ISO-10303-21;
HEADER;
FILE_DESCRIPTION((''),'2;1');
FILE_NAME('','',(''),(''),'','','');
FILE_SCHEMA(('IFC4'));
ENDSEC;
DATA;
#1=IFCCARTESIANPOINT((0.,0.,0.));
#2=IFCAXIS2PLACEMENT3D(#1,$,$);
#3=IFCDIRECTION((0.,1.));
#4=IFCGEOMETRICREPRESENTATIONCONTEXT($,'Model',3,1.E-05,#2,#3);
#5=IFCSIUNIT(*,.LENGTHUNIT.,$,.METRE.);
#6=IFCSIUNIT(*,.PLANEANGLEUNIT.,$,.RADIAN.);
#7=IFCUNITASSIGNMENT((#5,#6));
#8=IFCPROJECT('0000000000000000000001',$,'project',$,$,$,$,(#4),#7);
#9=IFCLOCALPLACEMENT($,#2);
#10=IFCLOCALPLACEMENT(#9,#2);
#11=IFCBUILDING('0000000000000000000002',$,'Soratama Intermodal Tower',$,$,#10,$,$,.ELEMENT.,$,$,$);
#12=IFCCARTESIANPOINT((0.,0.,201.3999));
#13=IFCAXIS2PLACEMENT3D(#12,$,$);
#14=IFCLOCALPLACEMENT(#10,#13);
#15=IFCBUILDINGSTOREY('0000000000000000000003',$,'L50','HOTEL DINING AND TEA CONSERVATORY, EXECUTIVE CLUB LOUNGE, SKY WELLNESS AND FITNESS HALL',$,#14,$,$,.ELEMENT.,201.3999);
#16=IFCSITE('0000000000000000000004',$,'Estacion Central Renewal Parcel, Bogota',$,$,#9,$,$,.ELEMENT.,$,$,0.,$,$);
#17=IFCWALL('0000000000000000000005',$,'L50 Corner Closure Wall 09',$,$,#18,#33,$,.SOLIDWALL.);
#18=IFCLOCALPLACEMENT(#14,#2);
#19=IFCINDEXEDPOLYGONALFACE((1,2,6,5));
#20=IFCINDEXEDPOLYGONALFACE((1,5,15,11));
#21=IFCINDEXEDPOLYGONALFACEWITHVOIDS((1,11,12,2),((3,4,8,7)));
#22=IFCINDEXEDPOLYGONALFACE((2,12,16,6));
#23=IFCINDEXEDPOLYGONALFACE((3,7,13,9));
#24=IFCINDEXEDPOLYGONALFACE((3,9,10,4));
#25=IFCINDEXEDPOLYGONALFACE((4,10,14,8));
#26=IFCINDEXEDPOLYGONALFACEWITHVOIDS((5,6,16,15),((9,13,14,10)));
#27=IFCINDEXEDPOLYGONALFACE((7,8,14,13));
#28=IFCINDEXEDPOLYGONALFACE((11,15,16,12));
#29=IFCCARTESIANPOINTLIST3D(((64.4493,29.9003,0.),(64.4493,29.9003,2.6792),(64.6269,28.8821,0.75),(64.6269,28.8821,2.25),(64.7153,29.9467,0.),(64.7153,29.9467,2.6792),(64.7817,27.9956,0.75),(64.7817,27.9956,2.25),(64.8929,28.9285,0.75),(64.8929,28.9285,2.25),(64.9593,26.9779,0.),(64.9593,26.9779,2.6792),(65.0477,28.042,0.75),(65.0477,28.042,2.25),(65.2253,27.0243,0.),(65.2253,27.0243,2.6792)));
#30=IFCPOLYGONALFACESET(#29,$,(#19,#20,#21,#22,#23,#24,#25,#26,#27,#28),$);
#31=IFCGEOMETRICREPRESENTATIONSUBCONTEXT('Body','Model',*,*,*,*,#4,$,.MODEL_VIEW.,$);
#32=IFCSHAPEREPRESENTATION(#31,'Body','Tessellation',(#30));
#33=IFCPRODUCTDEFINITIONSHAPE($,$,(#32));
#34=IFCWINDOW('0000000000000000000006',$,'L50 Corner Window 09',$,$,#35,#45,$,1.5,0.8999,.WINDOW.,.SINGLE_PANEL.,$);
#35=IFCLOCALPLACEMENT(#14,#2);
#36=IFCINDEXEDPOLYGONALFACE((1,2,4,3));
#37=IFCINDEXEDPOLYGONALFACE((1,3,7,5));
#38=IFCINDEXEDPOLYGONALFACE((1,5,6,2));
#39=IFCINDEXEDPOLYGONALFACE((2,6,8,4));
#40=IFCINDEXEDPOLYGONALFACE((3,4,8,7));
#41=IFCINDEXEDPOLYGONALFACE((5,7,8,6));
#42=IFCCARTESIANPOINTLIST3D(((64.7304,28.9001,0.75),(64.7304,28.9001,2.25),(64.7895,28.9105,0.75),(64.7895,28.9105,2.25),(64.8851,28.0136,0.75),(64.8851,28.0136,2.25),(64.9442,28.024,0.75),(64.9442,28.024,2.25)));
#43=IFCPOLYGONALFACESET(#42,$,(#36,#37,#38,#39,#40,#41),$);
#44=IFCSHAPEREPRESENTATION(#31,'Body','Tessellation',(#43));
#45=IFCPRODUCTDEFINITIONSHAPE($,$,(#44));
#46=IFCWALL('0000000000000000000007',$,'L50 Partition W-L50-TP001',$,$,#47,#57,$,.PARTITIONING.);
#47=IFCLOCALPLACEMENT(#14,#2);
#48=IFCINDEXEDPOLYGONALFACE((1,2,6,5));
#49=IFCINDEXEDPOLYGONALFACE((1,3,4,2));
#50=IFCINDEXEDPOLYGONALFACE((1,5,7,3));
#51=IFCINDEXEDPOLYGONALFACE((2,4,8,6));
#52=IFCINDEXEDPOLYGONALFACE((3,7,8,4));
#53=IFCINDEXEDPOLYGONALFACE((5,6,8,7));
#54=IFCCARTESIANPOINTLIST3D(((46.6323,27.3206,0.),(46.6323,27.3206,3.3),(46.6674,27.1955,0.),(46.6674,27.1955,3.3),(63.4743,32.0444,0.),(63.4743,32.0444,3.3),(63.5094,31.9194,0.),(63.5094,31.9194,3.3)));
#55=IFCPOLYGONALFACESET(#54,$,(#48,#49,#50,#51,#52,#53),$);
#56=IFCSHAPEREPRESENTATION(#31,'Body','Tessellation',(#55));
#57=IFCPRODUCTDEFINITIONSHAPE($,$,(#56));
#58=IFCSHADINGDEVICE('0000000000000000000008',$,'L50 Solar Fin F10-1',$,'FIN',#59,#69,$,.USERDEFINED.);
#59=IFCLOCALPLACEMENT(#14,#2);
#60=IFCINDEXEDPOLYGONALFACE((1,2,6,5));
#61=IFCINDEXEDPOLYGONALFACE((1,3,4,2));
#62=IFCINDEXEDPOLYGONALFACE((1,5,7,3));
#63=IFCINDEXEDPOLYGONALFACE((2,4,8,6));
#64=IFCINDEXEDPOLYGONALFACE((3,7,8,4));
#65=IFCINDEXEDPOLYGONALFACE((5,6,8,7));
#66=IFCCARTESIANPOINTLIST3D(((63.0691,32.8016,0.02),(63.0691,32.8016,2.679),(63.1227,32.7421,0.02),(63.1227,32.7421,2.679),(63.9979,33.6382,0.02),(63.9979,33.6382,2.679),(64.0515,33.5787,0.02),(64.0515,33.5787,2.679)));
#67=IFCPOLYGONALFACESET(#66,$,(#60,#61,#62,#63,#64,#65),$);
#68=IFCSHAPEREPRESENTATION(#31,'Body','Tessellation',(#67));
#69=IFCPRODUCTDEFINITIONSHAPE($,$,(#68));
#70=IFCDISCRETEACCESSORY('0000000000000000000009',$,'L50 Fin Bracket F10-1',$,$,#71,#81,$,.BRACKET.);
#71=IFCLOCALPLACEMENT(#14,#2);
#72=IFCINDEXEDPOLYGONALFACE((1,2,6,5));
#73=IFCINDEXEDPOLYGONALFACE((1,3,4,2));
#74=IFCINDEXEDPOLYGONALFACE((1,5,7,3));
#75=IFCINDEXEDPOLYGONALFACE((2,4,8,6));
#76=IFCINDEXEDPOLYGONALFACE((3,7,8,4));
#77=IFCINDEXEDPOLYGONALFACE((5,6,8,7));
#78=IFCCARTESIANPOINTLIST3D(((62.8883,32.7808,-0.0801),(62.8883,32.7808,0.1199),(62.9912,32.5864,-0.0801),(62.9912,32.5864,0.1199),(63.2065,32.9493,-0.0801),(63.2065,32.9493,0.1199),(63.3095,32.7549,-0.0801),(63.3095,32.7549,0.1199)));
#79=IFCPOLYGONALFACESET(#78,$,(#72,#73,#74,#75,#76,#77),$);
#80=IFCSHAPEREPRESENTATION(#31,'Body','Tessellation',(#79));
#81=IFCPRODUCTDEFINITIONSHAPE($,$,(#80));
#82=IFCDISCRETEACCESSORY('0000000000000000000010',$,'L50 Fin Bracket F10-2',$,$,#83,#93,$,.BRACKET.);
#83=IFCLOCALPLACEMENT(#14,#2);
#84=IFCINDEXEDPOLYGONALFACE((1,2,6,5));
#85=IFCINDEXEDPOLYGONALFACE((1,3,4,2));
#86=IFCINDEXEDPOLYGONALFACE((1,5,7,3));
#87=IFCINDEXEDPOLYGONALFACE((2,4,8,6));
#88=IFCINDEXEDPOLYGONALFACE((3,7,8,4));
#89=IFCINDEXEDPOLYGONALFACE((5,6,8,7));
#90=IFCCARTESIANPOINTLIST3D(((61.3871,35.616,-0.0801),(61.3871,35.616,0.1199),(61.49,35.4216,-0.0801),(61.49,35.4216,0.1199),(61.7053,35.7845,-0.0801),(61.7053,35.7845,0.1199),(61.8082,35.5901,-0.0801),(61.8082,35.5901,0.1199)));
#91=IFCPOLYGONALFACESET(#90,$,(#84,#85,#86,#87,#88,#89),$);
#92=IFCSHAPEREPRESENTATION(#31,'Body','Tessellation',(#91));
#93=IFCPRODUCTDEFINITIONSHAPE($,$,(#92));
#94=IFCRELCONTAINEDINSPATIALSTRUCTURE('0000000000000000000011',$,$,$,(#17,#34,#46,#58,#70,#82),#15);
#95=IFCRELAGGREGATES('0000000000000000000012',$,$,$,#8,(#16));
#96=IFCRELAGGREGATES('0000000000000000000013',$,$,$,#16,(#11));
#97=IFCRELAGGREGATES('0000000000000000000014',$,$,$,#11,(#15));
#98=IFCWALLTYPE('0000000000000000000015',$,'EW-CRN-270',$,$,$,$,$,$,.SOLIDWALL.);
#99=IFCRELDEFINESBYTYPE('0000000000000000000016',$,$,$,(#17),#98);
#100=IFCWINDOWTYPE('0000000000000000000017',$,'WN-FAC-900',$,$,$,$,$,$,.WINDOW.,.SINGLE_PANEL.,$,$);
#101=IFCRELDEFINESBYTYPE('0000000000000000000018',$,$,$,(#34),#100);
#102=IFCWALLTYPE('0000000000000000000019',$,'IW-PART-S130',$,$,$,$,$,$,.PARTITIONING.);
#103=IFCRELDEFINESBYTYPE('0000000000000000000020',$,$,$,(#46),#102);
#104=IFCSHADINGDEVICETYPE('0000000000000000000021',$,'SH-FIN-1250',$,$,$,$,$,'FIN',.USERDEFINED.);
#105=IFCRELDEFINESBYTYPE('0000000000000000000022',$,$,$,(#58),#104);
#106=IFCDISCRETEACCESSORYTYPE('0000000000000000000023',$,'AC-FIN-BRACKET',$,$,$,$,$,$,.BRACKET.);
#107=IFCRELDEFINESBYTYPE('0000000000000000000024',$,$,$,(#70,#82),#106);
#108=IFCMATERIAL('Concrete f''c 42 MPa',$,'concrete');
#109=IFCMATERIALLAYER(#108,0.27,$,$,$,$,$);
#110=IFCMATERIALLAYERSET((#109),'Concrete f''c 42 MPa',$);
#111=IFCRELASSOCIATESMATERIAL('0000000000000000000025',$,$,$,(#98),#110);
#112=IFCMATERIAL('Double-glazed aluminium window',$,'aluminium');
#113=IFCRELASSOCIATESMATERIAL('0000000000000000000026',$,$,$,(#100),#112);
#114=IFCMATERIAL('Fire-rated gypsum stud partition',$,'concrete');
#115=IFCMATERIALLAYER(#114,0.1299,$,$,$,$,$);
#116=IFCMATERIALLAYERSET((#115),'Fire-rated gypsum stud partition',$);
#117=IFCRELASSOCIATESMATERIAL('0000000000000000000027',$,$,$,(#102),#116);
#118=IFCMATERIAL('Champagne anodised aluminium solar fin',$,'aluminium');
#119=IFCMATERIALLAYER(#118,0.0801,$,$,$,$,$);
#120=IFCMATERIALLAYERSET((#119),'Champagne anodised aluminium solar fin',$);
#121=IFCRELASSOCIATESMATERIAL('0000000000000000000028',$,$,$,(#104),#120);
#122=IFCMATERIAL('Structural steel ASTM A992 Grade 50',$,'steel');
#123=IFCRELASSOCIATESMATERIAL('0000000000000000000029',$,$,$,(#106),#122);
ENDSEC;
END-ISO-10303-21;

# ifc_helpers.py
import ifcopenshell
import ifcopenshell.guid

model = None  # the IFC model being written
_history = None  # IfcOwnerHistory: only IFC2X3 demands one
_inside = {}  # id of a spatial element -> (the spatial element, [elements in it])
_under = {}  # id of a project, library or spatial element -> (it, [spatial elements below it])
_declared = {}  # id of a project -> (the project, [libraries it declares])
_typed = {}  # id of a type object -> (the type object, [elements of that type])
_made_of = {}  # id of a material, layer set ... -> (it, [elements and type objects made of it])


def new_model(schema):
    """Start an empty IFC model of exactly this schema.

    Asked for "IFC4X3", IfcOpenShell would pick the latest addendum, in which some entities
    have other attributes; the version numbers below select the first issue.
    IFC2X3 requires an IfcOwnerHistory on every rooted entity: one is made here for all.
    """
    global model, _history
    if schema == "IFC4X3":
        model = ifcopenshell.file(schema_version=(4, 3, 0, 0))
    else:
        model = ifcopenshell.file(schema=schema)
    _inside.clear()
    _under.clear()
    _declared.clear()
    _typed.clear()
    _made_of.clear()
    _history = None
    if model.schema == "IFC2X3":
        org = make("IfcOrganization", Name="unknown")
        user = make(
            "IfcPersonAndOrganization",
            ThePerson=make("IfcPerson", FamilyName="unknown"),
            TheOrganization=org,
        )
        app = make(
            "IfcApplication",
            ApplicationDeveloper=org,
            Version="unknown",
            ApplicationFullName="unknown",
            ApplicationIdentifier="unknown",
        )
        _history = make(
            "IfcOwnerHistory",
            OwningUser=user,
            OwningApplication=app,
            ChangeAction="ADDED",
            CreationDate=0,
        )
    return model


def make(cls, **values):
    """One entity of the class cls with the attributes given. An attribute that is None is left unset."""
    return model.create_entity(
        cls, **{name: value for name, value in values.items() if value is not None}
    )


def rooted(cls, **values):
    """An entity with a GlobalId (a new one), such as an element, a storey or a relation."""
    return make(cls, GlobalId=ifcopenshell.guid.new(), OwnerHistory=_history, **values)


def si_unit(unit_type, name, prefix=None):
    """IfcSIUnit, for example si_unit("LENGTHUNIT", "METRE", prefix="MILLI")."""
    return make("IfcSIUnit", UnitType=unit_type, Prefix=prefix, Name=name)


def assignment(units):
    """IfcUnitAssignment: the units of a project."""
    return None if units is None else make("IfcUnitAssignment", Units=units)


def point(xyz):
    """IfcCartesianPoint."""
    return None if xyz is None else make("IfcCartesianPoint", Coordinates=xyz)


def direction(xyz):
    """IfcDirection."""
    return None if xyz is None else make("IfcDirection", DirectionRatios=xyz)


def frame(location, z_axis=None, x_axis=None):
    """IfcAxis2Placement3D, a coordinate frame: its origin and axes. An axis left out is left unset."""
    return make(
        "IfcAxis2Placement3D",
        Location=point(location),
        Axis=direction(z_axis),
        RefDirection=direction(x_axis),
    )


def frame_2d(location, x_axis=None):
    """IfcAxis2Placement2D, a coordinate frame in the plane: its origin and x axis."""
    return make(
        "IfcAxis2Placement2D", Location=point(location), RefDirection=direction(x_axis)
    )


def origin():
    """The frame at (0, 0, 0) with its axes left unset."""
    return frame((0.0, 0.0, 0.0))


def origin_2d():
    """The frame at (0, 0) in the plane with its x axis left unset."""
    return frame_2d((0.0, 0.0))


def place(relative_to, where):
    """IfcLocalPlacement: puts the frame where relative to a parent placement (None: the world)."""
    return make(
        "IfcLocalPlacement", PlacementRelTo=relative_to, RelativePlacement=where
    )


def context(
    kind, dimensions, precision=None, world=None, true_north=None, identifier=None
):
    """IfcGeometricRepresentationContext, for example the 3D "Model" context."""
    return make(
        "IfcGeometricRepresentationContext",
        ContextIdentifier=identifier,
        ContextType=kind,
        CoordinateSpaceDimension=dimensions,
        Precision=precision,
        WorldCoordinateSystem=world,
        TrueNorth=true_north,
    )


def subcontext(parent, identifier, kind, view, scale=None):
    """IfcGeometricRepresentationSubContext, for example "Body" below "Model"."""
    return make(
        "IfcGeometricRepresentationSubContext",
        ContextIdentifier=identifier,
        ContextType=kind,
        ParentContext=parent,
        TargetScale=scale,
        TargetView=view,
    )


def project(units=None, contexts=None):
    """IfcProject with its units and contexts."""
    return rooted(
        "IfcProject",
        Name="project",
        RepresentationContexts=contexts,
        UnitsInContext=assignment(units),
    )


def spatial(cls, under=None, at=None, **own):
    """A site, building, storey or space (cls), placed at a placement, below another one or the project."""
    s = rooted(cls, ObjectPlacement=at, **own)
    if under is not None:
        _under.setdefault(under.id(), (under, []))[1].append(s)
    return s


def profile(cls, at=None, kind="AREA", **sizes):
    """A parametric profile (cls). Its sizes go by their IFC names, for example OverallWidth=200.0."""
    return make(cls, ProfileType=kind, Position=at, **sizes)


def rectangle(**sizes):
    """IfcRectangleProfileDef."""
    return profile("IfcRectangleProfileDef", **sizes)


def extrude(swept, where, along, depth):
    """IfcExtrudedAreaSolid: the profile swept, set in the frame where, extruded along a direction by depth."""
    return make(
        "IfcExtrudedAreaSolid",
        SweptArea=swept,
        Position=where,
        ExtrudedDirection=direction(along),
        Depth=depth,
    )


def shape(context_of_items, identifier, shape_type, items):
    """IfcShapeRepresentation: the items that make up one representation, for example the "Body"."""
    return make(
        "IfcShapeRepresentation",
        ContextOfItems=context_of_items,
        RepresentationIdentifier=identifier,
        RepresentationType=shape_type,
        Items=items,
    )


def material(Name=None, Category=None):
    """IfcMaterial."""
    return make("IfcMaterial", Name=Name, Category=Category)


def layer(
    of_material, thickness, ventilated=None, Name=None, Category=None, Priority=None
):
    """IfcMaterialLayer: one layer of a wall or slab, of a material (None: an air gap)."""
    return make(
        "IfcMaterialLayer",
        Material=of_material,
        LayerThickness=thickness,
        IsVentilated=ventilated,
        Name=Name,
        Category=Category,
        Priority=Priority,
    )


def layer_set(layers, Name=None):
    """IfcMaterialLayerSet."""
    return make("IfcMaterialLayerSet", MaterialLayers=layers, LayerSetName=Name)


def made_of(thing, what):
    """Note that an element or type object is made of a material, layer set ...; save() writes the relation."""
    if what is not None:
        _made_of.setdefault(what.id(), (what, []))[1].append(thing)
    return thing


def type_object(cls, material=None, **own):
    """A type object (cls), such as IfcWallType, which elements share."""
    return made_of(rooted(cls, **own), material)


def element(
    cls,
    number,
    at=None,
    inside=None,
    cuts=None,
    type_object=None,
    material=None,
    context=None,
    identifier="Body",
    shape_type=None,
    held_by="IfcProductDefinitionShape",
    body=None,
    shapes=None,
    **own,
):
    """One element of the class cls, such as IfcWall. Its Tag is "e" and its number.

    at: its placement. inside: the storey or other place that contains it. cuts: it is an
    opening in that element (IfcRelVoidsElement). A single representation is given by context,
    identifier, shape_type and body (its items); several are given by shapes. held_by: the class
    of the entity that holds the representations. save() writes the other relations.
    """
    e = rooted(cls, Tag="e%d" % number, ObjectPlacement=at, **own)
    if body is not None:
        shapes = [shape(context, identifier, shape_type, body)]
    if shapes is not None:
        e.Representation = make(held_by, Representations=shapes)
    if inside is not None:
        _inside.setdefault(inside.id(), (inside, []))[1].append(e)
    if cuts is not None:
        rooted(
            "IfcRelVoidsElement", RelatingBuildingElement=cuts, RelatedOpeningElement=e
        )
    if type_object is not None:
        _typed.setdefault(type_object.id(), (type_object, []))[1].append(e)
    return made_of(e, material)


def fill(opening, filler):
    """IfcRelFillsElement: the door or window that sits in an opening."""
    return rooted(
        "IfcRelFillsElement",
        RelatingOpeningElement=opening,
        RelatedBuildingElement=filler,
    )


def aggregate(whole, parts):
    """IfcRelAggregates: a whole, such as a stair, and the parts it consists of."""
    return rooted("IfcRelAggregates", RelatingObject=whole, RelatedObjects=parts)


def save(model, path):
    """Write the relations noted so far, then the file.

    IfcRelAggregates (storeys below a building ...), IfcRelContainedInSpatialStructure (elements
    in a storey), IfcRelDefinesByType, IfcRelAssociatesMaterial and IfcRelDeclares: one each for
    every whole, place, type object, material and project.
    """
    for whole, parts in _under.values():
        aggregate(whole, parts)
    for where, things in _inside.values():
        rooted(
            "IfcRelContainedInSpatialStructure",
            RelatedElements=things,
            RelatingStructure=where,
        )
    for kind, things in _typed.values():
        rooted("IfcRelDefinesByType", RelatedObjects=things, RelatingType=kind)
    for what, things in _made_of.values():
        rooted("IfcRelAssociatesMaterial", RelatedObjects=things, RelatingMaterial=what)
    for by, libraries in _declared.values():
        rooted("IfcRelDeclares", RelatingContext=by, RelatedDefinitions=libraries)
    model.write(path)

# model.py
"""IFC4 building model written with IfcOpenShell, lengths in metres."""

from ifc_helpers import new_model, si_unit, direction, frame, frame_2d, origin, origin_2d, place, context, subcontext, project, spatial, rectangle, extrude, material, layer, layer_set, type_object, element, fill, save


model = new_model("IFC4")

# Units and contexts
model_context = context("Model", 3, precision=1e-05, world=origin(), true_north=direction((0.0, 1.0)))
body_context = subcontext(model_context, "Body", "Model", "MODEL_VIEW")
ifc_project = project(units=[si_unit("LENGTHUNIT", "METRE"), si_unit("PLANEANGLEUNIT", "RADIAN")], contexts=[model_context])

# Site, building, storey
site_placement = place(None, origin())
site = spatial("IfcSite", under=ifc_project, at=site_placement, Name="Estacion Central Renewal Parcel, Bogota", CompositionType="ELEMENT", RefElevation=0.0)
building_placement = place(site_placement, origin())
building = spatial("IfcBuilding", under=site, at=building_placement, Name="Soratama Intermodal Tower", CompositionType="ELEMENT")
storey_placement = place(building_placement, frame((0.0, 0.0, 201.3999)))
storey = spatial("IfcBuildingStorey", under=building, at=storey_placement, Name="L50", Description="HOTEL DINING AND TEA CONSERVATORY, EXECUTIVE CLUB LOUNGE, SKY WELLNESS AND FITNESS HALL", CompositionType="ELEMENT", Elevation=201.3999)

# Wall, opening, window
ifc_material_1 = material(Name="Concrete f'c 42 MPa", Category="concrete")
ifc_layer_1 = layer(ifc_material_1, 0.27)
ifc_layer_set_1 = layer_set([ifc_layer_1], Name="Concrete f'c 42 MPa")
wall_type_1 = type_object("IfcWallType", Name="EW-CRN-270", PredefinedType="SOLIDWALL", material=ifc_layer_set_1)
wall_1_placement = place(storey_placement, frame((65.0923, 27.001, 0.0), z_axis=(0.0, 0.0, 1.0), x_axis=(-0.171921, 0.985111, 0.0)))
wall_1 = element("IfcWall", 1, at=wall_1_placement, inside=storey, type_object=wall_type_1, Name="L50 Corner Closure Wall 09", PredefinedType="SOLIDWALL", context=body_context, shape_type="SweptSolid", body=[
    extrude(rectangle(XDim=2.9666, YDim=0.27, at=frame_2d((1.4834, 0.0))), origin(), (0.0, 0.0, 1.0), 2.6792),
])
opening_placement = place(wall_1_placement, frame((1.0332, 0.0, 0.75)))
opening = element("IfcOpeningElement", 2, at=opening_placement, cuts=wall_1, PredefinedType="OPENING", context=body_context, shape_type="SweptSolid", body=[
    extrude(rectangle(XDim=0.8999, YDim=1.5, at=frame_2d((0.45, 0.75))), frame((0.0, 0.145, 0.0), z_axis=(0.0, -1.0, 0.0), x_axis=(1.0, 0.0, 0.0)), (0.0, 0.0, 1.0), 0.29),
])
ifc_material_2 = material(Name="Double-glazed aluminium window", Category="aluminium")
window_type = type_object("IfcWindowType", Name="WN-FAC-900", PartitioningType="SINGLE_PANEL", PredefinedType="WINDOW", material=ifc_material_2)
window_placement = place(opening_placement, origin())
window = element("IfcWindow", 3, at=window_placement, inside=storey, type_object=window_type, Name="L50 Corner Window 09", OverallHeight=1.5, OverallWidth=0.8999, PartitioningType="SINGLE_PANEL", PredefinedType="WINDOW", context=body_context, shape_type="SweptSolid", body=[
    extrude(rectangle(XDim=0.8999, YDim=1.5, at=frame_2d((0.45, 0.75))), frame((0.0, 0.03, 0.0), z_axis=(0.0, -1.0, 0.0), x_axis=(1.0, 0.0, 0.0)), (0.0, 0.0, 1.0), 0.0601),
])
fill(opening, window)

# Wall
ifc_material_3 = material(Name="Fire-rated gypsum stud partition", Category="concrete")
ifc_layer_2 = layer(ifc_material_3, 0.1299)
ifc_layer_set_2 = layer_set([ifc_layer_2], Name="Fire-rated gypsum stud partition")
wall_type_2 = type_object("IfcWallType", Name="IW-PART-S130", PredefinedType="PARTITIONING", material=ifc_layer_set_2)
wall_2_placement = place(storey_placement, frame((63.4919, 31.9819, 0.0), z_axis=(0.0, 0.0, 1.0), x_axis=(-0.962844, -0.27006, 0.0)))
element("IfcWall", 4, at=wall_2_placement, inside=storey, type_object=wall_type_2, Name="L50 Partition W-L50-TP001", PredefinedType="PARTITIONING", context=body_context, shape_type="SweptSolid", body=[
    extrude(rectangle(XDim=17.4919, YDim=0.1299, at=frame_2d((8.7461, 0.0))), origin(), (0.0, 0.0, 1.0), 3.3),
])

# Shading device
ifc_material_4 = material(Name="Champagne anodised aluminium solar fin", Category="aluminium")
ifc_layer_3 = layer(ifc_material_4, 0.0801)
ifc_layer_set_3 = layer_set([ifc_layer_3], Name="Champagne anodised aluminium solar fin")
shading_device_type = type_object("IfcShadingDeviceType", Name="SH-FIN-1250", ElementType="FIN", PredefinedType="USERDEFINED", material=ifc_layer_set_3)
shading_device_placement = place(storey_placement, frame((63.5603, 33.1902, 0.02), z_axis=(0.0, 0.0, 1.0), x_axis=(0.743028, 0.66926, 0.0)))
element("IfcShadingDevice", 5, at=shading_device_placement, inside=storey, type_object=shading_device_type, Name="L50 Solar Fin F10-1", ObjectType="FIN", PredefinedType="USERDEFINED", context=body_context, shape_type="SweptSolid", body=[
    extrude(rectangle(XDim=1.25, YDim=0.0801, at=origin_2d()), origin(), (0.0, 0.0, 1.0), 2.6589),
])

# Discrete accessories
ifc_material_5 = material(Name="Structural steel ASTM A992 Grade 50", Category="steel")
discrete_accessory_type = type_object("IfcDiscreteAccessoryType", Name="AC-FIN-BRACKET", PredefinedType="BRACKET", material=ifc_material_5)
for number, where, z_axis, x_axis, name in (
    (6, (63.0989, 32.7678, -0.0801), (0.0, 0.0, 1.0), (0.883766, 0.46793, 0.0), "L50 Fin Bracket F10-1"),
    (7, (61.5977, 35.603, -0.0801), (0.0, 0.0, 1.0), (0.883766, 0.46793, 0.0), "L50 Fin Bracket F10-2"),
):
    element("IfcDiscreteAccessory", number, at=place(storey_placement, frame(where, z_axis=z_axis, x_axis=x_axis)), inside=storey, type_object=discrete_accessory_type, Name=name, PredefinedType="BRACKET", context=body_context, shape_type="SweptSolid", body=[
        extrude(rectangle(XDim=0.3601, YDim=0.22, at=origin_2d()), origin(), (0.0, 0.0, 1.0), 0.2),
    ])

save(model, "model.ifc")
